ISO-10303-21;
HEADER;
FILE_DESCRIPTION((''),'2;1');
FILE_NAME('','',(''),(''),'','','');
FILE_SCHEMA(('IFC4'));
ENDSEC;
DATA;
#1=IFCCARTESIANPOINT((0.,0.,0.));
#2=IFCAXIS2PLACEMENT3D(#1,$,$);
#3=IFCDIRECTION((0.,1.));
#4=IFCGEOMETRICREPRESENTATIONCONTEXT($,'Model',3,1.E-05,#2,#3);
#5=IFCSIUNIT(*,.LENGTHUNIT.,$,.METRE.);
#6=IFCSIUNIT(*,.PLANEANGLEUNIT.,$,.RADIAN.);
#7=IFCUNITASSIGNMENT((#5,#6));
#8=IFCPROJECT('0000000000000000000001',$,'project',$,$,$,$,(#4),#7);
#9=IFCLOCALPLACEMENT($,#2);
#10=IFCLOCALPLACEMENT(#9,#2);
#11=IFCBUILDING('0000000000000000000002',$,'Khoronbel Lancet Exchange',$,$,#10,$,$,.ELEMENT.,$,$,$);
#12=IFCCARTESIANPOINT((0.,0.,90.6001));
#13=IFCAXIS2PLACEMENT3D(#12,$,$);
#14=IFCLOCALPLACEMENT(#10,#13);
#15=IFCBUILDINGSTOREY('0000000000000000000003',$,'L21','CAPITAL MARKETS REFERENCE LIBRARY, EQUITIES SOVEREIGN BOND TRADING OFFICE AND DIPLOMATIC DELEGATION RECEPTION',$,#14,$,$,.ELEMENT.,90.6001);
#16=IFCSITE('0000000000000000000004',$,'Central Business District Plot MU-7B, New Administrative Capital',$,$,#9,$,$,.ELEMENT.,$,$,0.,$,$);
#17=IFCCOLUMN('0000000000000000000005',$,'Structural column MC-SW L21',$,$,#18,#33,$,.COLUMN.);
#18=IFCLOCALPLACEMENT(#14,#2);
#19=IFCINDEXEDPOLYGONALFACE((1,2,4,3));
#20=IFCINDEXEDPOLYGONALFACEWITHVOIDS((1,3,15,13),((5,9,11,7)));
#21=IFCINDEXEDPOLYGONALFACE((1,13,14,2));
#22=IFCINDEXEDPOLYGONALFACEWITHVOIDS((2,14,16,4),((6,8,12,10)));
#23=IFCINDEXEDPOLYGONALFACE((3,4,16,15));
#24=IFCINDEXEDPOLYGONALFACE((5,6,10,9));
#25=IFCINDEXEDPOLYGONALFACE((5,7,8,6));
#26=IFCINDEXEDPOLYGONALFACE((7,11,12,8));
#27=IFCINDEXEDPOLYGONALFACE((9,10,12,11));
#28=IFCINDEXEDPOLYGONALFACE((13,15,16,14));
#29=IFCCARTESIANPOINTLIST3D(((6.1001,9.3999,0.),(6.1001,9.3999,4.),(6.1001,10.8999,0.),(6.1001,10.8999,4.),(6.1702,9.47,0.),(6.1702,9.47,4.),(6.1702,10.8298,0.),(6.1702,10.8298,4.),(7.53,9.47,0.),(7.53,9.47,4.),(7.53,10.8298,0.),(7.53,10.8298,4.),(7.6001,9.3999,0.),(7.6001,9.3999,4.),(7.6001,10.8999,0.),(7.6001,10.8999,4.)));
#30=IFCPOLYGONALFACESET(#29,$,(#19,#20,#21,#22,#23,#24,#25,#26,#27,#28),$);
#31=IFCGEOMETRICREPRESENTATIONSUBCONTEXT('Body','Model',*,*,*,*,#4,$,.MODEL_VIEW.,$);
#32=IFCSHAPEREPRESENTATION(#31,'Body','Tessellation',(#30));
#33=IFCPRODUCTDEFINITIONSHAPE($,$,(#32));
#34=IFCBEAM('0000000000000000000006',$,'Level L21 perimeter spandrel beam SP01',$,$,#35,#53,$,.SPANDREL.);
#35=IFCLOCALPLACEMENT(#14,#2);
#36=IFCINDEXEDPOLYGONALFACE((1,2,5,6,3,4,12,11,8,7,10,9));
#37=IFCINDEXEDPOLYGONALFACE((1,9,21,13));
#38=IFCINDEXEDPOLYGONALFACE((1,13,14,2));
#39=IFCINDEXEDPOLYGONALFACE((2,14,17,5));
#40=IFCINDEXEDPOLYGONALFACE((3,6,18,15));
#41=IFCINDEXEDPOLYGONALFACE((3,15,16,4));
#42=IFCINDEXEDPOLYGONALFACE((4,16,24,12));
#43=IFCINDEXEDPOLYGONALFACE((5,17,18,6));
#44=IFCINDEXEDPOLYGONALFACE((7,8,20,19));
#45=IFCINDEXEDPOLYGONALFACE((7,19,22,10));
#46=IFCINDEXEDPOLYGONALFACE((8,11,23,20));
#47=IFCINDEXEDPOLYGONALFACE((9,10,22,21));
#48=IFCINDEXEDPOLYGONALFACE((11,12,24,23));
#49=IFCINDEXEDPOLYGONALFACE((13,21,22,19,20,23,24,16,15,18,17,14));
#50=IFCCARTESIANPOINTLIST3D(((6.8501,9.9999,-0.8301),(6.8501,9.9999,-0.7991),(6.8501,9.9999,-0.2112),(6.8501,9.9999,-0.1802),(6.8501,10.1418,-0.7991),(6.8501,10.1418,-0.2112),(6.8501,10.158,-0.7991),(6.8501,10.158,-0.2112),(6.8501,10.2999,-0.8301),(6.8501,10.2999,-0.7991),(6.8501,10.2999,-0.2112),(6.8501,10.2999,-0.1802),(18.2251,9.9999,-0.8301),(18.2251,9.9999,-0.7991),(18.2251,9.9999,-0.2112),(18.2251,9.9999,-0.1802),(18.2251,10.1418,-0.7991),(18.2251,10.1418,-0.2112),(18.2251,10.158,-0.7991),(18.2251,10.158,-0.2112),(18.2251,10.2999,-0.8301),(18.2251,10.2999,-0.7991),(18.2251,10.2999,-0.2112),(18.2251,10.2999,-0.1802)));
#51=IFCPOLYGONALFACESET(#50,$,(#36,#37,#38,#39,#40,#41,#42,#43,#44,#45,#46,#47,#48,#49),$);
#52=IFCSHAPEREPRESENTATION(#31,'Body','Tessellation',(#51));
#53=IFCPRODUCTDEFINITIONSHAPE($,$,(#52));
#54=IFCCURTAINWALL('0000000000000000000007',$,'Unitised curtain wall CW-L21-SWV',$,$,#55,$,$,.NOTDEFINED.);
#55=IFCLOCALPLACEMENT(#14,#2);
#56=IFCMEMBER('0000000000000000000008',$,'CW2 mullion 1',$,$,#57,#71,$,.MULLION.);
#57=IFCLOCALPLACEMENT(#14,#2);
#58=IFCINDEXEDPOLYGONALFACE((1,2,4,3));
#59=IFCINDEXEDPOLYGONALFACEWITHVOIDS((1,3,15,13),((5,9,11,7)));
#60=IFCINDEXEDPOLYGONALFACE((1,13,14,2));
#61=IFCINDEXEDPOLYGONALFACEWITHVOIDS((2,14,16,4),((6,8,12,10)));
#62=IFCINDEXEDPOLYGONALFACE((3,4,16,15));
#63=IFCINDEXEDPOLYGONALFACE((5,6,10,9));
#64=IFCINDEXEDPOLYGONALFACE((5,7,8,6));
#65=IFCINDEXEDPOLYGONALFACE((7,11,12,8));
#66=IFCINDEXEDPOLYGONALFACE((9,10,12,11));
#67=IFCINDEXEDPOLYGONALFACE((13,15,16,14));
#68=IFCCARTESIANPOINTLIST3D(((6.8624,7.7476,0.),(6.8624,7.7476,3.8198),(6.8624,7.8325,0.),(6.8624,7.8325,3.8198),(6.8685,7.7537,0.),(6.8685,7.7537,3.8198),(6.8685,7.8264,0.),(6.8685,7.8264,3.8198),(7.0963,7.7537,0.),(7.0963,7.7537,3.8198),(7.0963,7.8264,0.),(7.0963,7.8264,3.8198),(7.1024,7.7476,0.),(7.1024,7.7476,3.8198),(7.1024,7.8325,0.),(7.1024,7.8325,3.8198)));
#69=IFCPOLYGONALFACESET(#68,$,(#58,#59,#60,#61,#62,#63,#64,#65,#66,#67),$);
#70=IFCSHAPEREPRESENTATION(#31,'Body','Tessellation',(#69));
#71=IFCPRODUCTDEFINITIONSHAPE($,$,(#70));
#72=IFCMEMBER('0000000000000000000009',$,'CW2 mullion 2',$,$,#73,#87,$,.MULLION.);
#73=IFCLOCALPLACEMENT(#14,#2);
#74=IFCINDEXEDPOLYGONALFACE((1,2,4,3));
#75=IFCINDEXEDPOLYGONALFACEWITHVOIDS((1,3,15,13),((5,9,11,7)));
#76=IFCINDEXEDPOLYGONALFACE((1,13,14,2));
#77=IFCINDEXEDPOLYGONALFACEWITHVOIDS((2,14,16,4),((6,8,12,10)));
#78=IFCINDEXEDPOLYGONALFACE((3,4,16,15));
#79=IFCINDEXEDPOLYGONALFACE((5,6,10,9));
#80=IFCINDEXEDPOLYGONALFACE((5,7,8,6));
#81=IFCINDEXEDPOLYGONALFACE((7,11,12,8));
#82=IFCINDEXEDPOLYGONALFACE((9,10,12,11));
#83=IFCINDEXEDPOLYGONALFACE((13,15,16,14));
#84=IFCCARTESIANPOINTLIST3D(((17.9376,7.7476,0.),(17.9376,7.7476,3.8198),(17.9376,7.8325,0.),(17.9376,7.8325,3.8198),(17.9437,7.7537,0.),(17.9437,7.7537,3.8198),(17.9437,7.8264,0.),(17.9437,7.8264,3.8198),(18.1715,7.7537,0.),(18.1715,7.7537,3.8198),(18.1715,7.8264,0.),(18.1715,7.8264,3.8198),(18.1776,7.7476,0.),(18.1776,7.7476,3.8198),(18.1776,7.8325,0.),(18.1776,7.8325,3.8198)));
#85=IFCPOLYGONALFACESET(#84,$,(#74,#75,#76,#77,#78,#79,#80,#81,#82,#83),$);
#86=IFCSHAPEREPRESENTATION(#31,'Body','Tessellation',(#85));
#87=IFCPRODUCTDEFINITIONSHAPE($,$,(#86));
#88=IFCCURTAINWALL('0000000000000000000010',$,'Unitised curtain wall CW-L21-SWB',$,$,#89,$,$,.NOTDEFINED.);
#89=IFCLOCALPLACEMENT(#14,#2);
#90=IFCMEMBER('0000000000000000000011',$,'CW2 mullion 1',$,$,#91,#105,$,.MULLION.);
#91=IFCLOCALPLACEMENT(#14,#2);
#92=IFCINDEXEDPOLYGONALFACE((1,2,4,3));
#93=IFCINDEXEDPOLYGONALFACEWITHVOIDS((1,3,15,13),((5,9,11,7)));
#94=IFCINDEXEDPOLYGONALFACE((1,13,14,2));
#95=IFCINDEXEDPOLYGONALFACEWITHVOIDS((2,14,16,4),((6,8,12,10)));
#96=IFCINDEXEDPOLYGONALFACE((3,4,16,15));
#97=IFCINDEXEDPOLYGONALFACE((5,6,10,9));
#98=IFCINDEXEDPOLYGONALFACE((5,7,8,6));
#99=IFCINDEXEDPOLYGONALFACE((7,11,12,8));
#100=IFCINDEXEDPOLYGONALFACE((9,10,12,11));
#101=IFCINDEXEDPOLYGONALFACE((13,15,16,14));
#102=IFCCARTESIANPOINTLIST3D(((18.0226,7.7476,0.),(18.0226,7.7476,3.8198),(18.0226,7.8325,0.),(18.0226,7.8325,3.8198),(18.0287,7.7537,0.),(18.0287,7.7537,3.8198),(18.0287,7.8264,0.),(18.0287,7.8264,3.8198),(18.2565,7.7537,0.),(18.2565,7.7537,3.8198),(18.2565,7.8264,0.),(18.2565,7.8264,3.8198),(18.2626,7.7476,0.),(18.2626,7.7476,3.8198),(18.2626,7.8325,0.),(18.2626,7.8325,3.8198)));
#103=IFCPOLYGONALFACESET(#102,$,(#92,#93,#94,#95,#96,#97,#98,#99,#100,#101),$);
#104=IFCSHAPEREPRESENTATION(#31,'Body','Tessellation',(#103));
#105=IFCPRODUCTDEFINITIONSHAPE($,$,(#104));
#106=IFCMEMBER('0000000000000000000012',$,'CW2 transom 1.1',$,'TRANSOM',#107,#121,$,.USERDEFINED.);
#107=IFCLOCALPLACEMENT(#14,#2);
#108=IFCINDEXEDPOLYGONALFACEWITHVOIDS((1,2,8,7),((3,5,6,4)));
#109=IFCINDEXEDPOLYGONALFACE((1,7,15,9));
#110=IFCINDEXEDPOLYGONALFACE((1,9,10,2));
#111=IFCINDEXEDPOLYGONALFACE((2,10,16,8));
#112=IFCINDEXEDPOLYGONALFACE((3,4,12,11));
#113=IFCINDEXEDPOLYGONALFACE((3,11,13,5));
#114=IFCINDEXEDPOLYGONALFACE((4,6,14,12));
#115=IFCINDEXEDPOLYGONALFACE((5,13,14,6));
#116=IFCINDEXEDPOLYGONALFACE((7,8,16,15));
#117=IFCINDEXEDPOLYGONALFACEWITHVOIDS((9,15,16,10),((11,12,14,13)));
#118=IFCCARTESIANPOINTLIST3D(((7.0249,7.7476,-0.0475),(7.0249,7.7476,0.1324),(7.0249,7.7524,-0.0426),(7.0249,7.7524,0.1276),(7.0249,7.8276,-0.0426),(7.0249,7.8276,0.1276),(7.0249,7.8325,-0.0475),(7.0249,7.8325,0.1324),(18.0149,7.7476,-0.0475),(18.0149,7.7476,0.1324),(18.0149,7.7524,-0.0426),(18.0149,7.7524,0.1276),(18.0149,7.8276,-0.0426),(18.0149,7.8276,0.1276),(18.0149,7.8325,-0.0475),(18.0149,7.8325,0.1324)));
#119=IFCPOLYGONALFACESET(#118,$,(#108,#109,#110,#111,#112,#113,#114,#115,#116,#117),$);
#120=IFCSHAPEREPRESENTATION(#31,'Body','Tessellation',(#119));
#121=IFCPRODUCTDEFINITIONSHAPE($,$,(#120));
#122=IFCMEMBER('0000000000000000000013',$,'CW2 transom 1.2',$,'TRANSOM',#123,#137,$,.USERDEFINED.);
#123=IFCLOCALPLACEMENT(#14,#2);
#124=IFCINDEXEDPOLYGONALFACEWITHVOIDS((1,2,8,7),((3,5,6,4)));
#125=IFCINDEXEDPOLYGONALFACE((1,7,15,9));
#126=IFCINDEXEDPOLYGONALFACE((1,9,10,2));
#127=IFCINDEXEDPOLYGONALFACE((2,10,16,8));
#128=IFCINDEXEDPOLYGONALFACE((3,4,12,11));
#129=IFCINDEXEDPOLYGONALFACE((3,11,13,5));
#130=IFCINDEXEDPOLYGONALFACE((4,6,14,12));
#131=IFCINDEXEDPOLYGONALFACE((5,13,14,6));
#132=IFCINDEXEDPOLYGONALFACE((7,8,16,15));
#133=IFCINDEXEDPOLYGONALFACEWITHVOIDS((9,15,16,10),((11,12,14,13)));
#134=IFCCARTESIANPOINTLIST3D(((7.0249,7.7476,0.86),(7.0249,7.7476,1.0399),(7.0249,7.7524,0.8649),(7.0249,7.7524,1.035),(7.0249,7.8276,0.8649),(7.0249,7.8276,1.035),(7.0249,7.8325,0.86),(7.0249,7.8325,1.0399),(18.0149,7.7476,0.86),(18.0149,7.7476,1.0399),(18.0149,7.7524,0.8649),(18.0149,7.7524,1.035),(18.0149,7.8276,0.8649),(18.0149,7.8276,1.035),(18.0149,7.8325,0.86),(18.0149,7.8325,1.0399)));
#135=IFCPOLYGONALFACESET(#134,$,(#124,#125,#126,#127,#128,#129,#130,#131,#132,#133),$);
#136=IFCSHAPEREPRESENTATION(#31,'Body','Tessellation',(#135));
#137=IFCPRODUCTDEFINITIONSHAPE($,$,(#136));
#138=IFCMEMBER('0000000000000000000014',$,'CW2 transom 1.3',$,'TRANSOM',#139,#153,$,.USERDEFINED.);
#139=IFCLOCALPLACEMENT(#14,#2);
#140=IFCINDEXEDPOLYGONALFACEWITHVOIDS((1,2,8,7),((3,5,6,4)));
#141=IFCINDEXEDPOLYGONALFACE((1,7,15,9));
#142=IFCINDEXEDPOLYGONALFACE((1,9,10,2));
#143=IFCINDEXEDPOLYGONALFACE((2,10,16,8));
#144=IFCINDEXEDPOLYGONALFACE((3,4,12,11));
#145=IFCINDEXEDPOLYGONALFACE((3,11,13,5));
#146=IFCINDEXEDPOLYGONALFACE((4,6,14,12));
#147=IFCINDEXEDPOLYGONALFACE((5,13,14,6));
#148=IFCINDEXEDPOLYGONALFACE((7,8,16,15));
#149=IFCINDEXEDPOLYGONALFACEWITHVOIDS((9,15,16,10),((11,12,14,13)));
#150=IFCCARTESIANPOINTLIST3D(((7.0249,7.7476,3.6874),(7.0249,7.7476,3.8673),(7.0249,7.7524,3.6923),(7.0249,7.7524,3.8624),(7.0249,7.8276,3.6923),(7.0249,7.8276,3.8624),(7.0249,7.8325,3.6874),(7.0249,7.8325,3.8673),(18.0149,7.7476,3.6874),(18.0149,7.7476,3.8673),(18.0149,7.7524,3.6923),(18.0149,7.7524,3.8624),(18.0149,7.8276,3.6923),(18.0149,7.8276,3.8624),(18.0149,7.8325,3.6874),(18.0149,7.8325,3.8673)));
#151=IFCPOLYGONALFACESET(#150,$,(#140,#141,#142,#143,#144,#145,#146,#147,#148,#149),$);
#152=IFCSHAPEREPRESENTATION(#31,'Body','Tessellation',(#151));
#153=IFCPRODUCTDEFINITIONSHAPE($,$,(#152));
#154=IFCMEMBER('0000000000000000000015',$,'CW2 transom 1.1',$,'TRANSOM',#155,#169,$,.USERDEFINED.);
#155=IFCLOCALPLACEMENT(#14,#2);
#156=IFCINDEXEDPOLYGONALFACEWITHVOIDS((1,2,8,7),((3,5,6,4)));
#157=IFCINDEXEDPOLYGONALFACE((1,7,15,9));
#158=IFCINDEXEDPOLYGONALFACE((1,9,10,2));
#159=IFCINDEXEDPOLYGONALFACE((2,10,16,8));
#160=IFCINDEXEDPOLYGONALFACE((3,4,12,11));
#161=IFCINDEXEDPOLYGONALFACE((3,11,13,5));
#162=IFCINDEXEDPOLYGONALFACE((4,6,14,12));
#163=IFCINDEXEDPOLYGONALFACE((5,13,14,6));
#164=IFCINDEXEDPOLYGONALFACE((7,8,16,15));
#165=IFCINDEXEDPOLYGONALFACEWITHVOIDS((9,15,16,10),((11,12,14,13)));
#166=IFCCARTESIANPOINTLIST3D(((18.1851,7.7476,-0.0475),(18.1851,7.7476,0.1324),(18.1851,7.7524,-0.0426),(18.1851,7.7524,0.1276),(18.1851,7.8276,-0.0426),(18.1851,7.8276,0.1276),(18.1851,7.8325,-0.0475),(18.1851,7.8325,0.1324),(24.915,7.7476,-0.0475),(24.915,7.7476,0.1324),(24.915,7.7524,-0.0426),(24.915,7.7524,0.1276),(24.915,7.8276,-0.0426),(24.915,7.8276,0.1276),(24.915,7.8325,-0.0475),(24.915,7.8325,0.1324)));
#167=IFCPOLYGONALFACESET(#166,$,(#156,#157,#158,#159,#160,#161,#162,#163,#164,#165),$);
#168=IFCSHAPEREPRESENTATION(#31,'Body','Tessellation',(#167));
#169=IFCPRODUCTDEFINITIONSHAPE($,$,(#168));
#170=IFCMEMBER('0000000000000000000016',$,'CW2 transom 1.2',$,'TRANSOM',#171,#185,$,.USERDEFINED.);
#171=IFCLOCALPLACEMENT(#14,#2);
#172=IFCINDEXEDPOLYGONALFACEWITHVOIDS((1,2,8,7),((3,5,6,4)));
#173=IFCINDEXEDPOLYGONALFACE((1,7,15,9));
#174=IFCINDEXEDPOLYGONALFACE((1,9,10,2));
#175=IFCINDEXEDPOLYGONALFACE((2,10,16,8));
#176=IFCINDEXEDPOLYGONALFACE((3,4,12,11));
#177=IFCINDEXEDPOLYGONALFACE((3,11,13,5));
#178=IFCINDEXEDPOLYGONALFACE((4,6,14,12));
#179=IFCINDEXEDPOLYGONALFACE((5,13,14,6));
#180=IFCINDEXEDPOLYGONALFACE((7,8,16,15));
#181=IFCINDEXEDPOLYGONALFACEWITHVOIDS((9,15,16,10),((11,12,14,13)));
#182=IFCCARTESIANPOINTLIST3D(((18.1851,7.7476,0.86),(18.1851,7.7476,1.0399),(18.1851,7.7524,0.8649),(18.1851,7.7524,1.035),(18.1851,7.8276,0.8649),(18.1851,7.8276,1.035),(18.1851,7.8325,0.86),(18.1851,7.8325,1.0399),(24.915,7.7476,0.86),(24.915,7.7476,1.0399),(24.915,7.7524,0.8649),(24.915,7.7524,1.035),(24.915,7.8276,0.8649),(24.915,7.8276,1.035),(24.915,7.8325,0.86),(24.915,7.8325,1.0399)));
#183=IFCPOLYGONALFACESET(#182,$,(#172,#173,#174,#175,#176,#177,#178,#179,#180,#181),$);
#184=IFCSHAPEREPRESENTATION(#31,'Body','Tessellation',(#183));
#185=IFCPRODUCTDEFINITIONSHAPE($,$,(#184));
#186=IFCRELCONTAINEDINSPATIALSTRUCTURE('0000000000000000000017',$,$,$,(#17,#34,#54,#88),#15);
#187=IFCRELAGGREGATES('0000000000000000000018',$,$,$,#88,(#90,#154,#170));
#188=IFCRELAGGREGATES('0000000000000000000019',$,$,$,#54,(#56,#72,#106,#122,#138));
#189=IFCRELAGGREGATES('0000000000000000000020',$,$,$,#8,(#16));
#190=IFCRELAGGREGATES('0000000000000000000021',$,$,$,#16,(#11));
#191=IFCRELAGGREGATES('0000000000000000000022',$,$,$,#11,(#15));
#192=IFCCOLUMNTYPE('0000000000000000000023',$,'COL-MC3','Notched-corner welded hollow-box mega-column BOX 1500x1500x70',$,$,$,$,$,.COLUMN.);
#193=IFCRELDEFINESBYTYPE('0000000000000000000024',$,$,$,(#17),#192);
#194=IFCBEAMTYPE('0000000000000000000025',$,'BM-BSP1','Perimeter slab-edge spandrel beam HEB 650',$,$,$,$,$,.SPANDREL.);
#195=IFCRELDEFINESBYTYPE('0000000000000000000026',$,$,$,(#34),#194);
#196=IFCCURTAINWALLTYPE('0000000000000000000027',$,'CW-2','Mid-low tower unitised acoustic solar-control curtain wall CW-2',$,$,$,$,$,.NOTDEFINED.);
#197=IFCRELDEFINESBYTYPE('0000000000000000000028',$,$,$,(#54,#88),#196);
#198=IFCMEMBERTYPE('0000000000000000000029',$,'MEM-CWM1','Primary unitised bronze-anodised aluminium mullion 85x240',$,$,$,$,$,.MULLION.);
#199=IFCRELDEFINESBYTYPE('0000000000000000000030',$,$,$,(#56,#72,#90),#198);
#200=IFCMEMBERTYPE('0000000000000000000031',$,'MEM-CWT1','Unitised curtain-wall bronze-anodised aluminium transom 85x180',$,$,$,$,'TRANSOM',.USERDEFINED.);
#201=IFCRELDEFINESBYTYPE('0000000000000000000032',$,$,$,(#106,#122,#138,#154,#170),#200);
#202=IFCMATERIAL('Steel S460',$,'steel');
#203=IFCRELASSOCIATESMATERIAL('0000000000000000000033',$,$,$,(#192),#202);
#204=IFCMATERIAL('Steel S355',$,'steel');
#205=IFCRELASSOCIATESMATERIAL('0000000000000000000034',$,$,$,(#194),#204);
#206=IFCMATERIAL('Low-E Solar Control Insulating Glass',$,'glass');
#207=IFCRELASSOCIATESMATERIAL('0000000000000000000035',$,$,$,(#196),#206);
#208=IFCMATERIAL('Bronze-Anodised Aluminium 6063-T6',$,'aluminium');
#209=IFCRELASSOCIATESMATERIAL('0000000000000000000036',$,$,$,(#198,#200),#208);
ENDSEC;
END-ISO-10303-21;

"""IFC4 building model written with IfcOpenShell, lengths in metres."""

from ifc_helpers import new_model, si_unit, direction, frame, origin, origin_2d, place, context, subcontext, project, spatial, hollow_rectangle, i_section, extrude, material, material_profile, profile_set, type_object, element, aggregate, save


model = new_model("IFC4")

# Units and contexts
model_context = context("Model", 3, precision=1e-05, world=origin(), true_north=direction((0.0, 1.0)))
body_context = subcontext(model_context, "Body", "Model", "MODEL_VIEW")
ifc_project = project(units=[si_unit("LENGTHUNIT", "METRE"), si_unit("PLANEANGLEUNIT", "RADIAN")], contexts=[model_context])

# Site, building, storey
site_placement = place(None, origin())
site = spatial("IfcSite", under=ifc_project, at=site_placement, Name="Central Business District Plot MU-7B, New Administrative Capital", CompositionType="ELEMENT", RefElevation=0.0)
building_placement = place(site_placement, origin())
building = spatial("IfcBuilding", under=site, at=building_placement, Name="Khoronbel Lancet Exchange", CompositionType="ELEMENT")
storey_placement = place(building_placement, frame((0.0, 0.0, 90.6001)))
storey = spatial("IfcBuildingStorey", under=building, at=storey_placement, Name="L21", Description="CAPITAL MARKETS REFERENCE LIBRARY, EQUITIES SOVEREIGN BOND TRADING OFFICE AND DIPLOMATIC DELEGATION RECEPTION", CompositionType="ELEMENT", Elevation=90.6001)

# Column
ifc_material_1 = material(Name="Steel S460", Category="steel")
ifc_material_profile_1 = material_profile(ifc_material_1, hollow_rectangle(XDim=1.5, YDim=1.5, WallThickness=0.0701, at=origin_2d()), Name="BOX 1500x1500x70")
ifc_profile_set_1 = profile_set([ifc_material_profile_1], Name="Steel S460")
column_type = type_object("IfcColumnType", Name="COL-MC3", Description="Notched-corner welded hollow-box mega-column BOX 1500x1500x70", PredefinedType="COLUMN", material=ifc_profile_set_1)
column_placement = place(storey_placement, frame((6.8501, 10.1499, 0.0), z_axis=(0.0, 0.0, 1.0), x_axis=(1.0, 0.0, 0.0)))
element("IfcColumn", 1, at=column_placement, inside=storey, type_object=column_type, Name="Structural column MC-SW L21", PredefinedType="COLUMN", context=body_context, shape_type="SweptSolid", body=[
    extrude(hollow_rectangle(XDim=1.5, YDim=1.5, WallThickness=0.0701, at=origin_2d()), origin(), (0.0, 0.0, 1.0), 4.0),
])

# Beam
ifc_material_2 = material(Name="Steel S355", Category="steel")
ifc_material_profile_2 = material_profile(ifc_material_2, i_section(OverallWidth=0.3, OverallDepth=0.6499, WebThickness=0.0161, FlangeThickness=0.031, at=origin_2d()), Name="HEB 650")
ifc_profile_set_2 = profile_set([ifc_material_profile_2], Name="Steel S355")
beam_type = type_object("IfcBeamType", Name="BM-BSP1", Description="Perimeter slab-edge spandrel beam HEB 650", PredefinedType="SPANDREL", material=ifc_profile_set_2)
beam_placement = place(storey_placement, frame((6.8501, 10.1499, -0.5051), z_axis=(1.0, 0.0, 0.0), x_axis=(0.0, 1.0, 0.0)))
element("IfcBeam", 2, at=beam_placement, inside=storey, type_object=beam_type, Name="Level L21 perimeter spandrel beam SP01", PredefinedType="SPANDREL", context=body_context, shape_type="SweptSolid", body=[
    extrude(i_section(OverallWidth=0.3, OverallDepth=0.6499, WebThickness=0.0161, FlangeThickness=0.031, at=origin_2d()), origin(), (0.0, 0.0, 1.0), 11.375),
])

# Curtain wall, members
ifc_material_3 = material(Name="Low-E Solar Control Insulating Glass", Category="glass")
curtain_wall_type = type_object("IfcCurtainWallType", Name="CW-2", Description="Mid-low tower unitised acoustic solar-control curtain wall CW-2", PredefinedType="NOTDEFINED", material=ifc_material_3)
curtain_wall_1_placement = place(storey_placement, origin())
curtain_wall_1 = element("IfcCurtainWall", 3, at=curtain_wall_1_placement, inside=storey, type_object=curtain_wall_type, Name="Unitised curtain wall CW-L21-SWV", PredefinedType="NOTDEFINED")
ifc_material_4 = material(Name="Bronze-Anodised Aluminium 6063-T6", Category="aluminium")
ifc_material_profile_3 = material_profile(ifc_material_4, hollow_rectangle(XDim=0.085, YDim=0.24, WallThickness=0.0061, at=origin_2d()), Name="ALU MULLION 85x240")
ifc_profile_set_3 = profile_set([ifc_material_profile_3], Name="Bronze-Anodised Aluminium 6063-T6")
member_type_1 = type_object("IfcMemberType", Name="MEM-CWM1", Description="Primary unitised bronze-anodised aluminium mullion 85x240", PredefinedType="MULLION", material=ifc_profile_set_3)
member_1_placement = place(storey_placement, frame((6.9824, 7.79, 0.0), z_axis=(0.0, 0.0, 1.0), x_axis=(0.0, 1.0, 0.0)))
member_1 = element("IfcMember", 4, at=member_1_placement, type_object=member_type_1, Name="CW2 mullion 1", PredefinedType="MULLION", context=body_context, shape_type="SweptSolid", body=[
    extrude(hollow_rectangle(XDim=0.085, YDim=0.24, WallThickness=0.0061, at=origin_2d()), origin(), (0.0, 0.0, 1.0), 3.8198),
])
member_2_placement = place(storey_placement, frame((18.0576, 7.79, 0.0), z_axis=(0.0, 0.0, 1.0), x_axis=(0.0, 1.0, 0.0)))
member_2 = element("IfcMember", 5, at=member_2_placement, type_object=member_type_1, Name="CW2 mullion 2", PredefinedType="MULLION", context=body_context, shape_type="SweptSolid", body=[
    extrude(hollow_rectangle(XDim=0.085, YDim=0.24, WallThickness=0.0061, at=origin_2d()), origin(), (0.0, 0.0, 1.0), 3.8198),
])

# Curtain wall, member
curtain_wall_2_placement = place(storey_placement, origin())
curtain_wall_2 = element("IfcCurtainWall", 6, at=curtain_wall_2_placement, inside=storey, type_object=curtain_wall_type, Name="Unitised curtain wall CW-L21-SWB", PredefinedType="NOTDEFINED")
member_3_placement = place(storey_placement, frame((18.1426, 7.79, 0.0), z_axis=(0.0, 0.0, 1.0), x_axis=(0.0, 1.0, 0.0)))
member_3 = element("IfcMember", 7, at=member_3_placement, type_object=member_type_1, Name="CW2 mullion 1", PredefinedType="MULLION", context=body_context, shape_type="SweptSolid", body=[
    extrude(hollow_rectangle(XDim=0.085, YDim=0.24, WallThickness=0.0061, at=origin_2d()), origin(), (0.0, 0.0, 1.0), 3.8198),
])

# Members
ifc_material_profile_4 = material_profile(ifc_material_4, hollow_rectangle(XDim=0.085, YDim=0.1799, WallThickness=0.0049, at=origin_2d()), Name="ALU TRANSOM 85x180")
ifc_profile_set_4 = profile_set([ifc_material_profile_4], Name="Bronze-Anodised Aluminium 6063-T6")
member_type_2 = type_object("IfcMemberType", Name="MEM-CWT1", Description="Unitised curtain-wall bronze-anodised aluminium transom 85x180", ElementType="TRANSOM", PredefinedType="USERDEFINED", material=ifc_profile_set_4)
member_4_placement = place(storey_placement, frame((7.0249, 7.79, 0.0425), z_axis=(1.0, 0.0, 0.0), x_axis=(0.0, 1.0, 0.0)))
member_4 = element("IfcMember", 8, at=member_4_placement, type_object=member_type_2, Name="CW2 transom 1.1", ObjectType="TRANSOM", PredefinedType="USERDEFINED", context=body_context, shape_type="SweptSolid", body=[
    extrude(hollow_rectangle(XDim=0.085, YDim=0.1799, WallThickness=0.0049, at=origin_2d()), origin(), (0.0, 0.0, 1.0), 10.99),
])
member_5_placement = place(storey_placement, frame((7.0249, 7.79, 0.95), z_axis=(1.0, 0.0, 0.0), x_axis=(0.0, 1.0, 0.0)))
member_5 = element("IfcMember", 9, at=member_5_placement, type_object=member_type_2, Name="CW2 transom 1.2", ObjectType="TRANSOM", PredefinedType="USERDEFINED", context=body_context, shape_type="SweptSolid", body=[
    extrude(hollow_rectangle(XDim=0.085, YDim=0.1799, WallThickness=0.0049, at=origin_2d()), origin(), (0.0, 0.0, 1.0), 10.99),
])
member_6_placement = place(storey_placement, frame((7.0249, 7.79, 3.7773), z_axis=(1.0, 0.0, 0.0), x_axis=(0.0, 1.0, 0.0)))
member_6 = element("IfcMember", 10, at=member_6_placement, type_object=member_type_2, Name="CW2 transom 1.3", ObjectType="TRANSOM", PredefinedType="USERDEFINED", context=body_context, shape_type="SweptSolid", body=[
    extrude(hollow_rectangle(XDim=0.085, YDim=0.1799, WallThickness=0.0049, at=origin_2d()), origin(), (0.0, 0.0, 1.0), 10.99),
])
member_7_placement = place(storey_placement, frame((18.1851, 7.79, 0.0425), z_axis=(1.0, 0.0, 0.0), x_axis=(0.0, 1.0, 0.0)))
member_7 = element("IfcMember", 11, at=member_7_placement, type_object=member_type_2, Name="CW2 transom 1.1", ObjectType="TRANSOM", PredefinedType="USERDEFINED", context=body_context, shape_type="SweptSolid", body=[
    extrude(hollow_rectangle(XDim=0.085, YDim=0.1799, WallThickness=0.0049, at=origin_2d()), origin(), (0.0, 0.0, 1.0), 6.73),
])
member_8_placement = place(storey_placement, frame((18.1851, 7.79, 0.95), z_axis=(1.0, 0.0, 0.0), x_axis=(0.0, 1.0, 0.0)))
member_8 = element("IfcMember", 12, at=member_8_placement, type_object=member_type_2, Name="CW2 transom 1.2", ObjectType="TRANSOM", PredefinedType="USERDEFINED", context=body_context, shape_type="SweptSolid", body=[
    extrude(hollow_rectangle(XDim=0.085, YDim=0.1799, WallThickness=0.0049, at=origin_2d()), origin(), (0.0, 0.0, 1.0), 6.73),
])
aggregate(curtain_wall_2, [member_3, member_7, member_8])

aggregate(curtain_wall_1, [member_1, member_2, member_4, member_5, member_6])

save(model, "model.ifc")
